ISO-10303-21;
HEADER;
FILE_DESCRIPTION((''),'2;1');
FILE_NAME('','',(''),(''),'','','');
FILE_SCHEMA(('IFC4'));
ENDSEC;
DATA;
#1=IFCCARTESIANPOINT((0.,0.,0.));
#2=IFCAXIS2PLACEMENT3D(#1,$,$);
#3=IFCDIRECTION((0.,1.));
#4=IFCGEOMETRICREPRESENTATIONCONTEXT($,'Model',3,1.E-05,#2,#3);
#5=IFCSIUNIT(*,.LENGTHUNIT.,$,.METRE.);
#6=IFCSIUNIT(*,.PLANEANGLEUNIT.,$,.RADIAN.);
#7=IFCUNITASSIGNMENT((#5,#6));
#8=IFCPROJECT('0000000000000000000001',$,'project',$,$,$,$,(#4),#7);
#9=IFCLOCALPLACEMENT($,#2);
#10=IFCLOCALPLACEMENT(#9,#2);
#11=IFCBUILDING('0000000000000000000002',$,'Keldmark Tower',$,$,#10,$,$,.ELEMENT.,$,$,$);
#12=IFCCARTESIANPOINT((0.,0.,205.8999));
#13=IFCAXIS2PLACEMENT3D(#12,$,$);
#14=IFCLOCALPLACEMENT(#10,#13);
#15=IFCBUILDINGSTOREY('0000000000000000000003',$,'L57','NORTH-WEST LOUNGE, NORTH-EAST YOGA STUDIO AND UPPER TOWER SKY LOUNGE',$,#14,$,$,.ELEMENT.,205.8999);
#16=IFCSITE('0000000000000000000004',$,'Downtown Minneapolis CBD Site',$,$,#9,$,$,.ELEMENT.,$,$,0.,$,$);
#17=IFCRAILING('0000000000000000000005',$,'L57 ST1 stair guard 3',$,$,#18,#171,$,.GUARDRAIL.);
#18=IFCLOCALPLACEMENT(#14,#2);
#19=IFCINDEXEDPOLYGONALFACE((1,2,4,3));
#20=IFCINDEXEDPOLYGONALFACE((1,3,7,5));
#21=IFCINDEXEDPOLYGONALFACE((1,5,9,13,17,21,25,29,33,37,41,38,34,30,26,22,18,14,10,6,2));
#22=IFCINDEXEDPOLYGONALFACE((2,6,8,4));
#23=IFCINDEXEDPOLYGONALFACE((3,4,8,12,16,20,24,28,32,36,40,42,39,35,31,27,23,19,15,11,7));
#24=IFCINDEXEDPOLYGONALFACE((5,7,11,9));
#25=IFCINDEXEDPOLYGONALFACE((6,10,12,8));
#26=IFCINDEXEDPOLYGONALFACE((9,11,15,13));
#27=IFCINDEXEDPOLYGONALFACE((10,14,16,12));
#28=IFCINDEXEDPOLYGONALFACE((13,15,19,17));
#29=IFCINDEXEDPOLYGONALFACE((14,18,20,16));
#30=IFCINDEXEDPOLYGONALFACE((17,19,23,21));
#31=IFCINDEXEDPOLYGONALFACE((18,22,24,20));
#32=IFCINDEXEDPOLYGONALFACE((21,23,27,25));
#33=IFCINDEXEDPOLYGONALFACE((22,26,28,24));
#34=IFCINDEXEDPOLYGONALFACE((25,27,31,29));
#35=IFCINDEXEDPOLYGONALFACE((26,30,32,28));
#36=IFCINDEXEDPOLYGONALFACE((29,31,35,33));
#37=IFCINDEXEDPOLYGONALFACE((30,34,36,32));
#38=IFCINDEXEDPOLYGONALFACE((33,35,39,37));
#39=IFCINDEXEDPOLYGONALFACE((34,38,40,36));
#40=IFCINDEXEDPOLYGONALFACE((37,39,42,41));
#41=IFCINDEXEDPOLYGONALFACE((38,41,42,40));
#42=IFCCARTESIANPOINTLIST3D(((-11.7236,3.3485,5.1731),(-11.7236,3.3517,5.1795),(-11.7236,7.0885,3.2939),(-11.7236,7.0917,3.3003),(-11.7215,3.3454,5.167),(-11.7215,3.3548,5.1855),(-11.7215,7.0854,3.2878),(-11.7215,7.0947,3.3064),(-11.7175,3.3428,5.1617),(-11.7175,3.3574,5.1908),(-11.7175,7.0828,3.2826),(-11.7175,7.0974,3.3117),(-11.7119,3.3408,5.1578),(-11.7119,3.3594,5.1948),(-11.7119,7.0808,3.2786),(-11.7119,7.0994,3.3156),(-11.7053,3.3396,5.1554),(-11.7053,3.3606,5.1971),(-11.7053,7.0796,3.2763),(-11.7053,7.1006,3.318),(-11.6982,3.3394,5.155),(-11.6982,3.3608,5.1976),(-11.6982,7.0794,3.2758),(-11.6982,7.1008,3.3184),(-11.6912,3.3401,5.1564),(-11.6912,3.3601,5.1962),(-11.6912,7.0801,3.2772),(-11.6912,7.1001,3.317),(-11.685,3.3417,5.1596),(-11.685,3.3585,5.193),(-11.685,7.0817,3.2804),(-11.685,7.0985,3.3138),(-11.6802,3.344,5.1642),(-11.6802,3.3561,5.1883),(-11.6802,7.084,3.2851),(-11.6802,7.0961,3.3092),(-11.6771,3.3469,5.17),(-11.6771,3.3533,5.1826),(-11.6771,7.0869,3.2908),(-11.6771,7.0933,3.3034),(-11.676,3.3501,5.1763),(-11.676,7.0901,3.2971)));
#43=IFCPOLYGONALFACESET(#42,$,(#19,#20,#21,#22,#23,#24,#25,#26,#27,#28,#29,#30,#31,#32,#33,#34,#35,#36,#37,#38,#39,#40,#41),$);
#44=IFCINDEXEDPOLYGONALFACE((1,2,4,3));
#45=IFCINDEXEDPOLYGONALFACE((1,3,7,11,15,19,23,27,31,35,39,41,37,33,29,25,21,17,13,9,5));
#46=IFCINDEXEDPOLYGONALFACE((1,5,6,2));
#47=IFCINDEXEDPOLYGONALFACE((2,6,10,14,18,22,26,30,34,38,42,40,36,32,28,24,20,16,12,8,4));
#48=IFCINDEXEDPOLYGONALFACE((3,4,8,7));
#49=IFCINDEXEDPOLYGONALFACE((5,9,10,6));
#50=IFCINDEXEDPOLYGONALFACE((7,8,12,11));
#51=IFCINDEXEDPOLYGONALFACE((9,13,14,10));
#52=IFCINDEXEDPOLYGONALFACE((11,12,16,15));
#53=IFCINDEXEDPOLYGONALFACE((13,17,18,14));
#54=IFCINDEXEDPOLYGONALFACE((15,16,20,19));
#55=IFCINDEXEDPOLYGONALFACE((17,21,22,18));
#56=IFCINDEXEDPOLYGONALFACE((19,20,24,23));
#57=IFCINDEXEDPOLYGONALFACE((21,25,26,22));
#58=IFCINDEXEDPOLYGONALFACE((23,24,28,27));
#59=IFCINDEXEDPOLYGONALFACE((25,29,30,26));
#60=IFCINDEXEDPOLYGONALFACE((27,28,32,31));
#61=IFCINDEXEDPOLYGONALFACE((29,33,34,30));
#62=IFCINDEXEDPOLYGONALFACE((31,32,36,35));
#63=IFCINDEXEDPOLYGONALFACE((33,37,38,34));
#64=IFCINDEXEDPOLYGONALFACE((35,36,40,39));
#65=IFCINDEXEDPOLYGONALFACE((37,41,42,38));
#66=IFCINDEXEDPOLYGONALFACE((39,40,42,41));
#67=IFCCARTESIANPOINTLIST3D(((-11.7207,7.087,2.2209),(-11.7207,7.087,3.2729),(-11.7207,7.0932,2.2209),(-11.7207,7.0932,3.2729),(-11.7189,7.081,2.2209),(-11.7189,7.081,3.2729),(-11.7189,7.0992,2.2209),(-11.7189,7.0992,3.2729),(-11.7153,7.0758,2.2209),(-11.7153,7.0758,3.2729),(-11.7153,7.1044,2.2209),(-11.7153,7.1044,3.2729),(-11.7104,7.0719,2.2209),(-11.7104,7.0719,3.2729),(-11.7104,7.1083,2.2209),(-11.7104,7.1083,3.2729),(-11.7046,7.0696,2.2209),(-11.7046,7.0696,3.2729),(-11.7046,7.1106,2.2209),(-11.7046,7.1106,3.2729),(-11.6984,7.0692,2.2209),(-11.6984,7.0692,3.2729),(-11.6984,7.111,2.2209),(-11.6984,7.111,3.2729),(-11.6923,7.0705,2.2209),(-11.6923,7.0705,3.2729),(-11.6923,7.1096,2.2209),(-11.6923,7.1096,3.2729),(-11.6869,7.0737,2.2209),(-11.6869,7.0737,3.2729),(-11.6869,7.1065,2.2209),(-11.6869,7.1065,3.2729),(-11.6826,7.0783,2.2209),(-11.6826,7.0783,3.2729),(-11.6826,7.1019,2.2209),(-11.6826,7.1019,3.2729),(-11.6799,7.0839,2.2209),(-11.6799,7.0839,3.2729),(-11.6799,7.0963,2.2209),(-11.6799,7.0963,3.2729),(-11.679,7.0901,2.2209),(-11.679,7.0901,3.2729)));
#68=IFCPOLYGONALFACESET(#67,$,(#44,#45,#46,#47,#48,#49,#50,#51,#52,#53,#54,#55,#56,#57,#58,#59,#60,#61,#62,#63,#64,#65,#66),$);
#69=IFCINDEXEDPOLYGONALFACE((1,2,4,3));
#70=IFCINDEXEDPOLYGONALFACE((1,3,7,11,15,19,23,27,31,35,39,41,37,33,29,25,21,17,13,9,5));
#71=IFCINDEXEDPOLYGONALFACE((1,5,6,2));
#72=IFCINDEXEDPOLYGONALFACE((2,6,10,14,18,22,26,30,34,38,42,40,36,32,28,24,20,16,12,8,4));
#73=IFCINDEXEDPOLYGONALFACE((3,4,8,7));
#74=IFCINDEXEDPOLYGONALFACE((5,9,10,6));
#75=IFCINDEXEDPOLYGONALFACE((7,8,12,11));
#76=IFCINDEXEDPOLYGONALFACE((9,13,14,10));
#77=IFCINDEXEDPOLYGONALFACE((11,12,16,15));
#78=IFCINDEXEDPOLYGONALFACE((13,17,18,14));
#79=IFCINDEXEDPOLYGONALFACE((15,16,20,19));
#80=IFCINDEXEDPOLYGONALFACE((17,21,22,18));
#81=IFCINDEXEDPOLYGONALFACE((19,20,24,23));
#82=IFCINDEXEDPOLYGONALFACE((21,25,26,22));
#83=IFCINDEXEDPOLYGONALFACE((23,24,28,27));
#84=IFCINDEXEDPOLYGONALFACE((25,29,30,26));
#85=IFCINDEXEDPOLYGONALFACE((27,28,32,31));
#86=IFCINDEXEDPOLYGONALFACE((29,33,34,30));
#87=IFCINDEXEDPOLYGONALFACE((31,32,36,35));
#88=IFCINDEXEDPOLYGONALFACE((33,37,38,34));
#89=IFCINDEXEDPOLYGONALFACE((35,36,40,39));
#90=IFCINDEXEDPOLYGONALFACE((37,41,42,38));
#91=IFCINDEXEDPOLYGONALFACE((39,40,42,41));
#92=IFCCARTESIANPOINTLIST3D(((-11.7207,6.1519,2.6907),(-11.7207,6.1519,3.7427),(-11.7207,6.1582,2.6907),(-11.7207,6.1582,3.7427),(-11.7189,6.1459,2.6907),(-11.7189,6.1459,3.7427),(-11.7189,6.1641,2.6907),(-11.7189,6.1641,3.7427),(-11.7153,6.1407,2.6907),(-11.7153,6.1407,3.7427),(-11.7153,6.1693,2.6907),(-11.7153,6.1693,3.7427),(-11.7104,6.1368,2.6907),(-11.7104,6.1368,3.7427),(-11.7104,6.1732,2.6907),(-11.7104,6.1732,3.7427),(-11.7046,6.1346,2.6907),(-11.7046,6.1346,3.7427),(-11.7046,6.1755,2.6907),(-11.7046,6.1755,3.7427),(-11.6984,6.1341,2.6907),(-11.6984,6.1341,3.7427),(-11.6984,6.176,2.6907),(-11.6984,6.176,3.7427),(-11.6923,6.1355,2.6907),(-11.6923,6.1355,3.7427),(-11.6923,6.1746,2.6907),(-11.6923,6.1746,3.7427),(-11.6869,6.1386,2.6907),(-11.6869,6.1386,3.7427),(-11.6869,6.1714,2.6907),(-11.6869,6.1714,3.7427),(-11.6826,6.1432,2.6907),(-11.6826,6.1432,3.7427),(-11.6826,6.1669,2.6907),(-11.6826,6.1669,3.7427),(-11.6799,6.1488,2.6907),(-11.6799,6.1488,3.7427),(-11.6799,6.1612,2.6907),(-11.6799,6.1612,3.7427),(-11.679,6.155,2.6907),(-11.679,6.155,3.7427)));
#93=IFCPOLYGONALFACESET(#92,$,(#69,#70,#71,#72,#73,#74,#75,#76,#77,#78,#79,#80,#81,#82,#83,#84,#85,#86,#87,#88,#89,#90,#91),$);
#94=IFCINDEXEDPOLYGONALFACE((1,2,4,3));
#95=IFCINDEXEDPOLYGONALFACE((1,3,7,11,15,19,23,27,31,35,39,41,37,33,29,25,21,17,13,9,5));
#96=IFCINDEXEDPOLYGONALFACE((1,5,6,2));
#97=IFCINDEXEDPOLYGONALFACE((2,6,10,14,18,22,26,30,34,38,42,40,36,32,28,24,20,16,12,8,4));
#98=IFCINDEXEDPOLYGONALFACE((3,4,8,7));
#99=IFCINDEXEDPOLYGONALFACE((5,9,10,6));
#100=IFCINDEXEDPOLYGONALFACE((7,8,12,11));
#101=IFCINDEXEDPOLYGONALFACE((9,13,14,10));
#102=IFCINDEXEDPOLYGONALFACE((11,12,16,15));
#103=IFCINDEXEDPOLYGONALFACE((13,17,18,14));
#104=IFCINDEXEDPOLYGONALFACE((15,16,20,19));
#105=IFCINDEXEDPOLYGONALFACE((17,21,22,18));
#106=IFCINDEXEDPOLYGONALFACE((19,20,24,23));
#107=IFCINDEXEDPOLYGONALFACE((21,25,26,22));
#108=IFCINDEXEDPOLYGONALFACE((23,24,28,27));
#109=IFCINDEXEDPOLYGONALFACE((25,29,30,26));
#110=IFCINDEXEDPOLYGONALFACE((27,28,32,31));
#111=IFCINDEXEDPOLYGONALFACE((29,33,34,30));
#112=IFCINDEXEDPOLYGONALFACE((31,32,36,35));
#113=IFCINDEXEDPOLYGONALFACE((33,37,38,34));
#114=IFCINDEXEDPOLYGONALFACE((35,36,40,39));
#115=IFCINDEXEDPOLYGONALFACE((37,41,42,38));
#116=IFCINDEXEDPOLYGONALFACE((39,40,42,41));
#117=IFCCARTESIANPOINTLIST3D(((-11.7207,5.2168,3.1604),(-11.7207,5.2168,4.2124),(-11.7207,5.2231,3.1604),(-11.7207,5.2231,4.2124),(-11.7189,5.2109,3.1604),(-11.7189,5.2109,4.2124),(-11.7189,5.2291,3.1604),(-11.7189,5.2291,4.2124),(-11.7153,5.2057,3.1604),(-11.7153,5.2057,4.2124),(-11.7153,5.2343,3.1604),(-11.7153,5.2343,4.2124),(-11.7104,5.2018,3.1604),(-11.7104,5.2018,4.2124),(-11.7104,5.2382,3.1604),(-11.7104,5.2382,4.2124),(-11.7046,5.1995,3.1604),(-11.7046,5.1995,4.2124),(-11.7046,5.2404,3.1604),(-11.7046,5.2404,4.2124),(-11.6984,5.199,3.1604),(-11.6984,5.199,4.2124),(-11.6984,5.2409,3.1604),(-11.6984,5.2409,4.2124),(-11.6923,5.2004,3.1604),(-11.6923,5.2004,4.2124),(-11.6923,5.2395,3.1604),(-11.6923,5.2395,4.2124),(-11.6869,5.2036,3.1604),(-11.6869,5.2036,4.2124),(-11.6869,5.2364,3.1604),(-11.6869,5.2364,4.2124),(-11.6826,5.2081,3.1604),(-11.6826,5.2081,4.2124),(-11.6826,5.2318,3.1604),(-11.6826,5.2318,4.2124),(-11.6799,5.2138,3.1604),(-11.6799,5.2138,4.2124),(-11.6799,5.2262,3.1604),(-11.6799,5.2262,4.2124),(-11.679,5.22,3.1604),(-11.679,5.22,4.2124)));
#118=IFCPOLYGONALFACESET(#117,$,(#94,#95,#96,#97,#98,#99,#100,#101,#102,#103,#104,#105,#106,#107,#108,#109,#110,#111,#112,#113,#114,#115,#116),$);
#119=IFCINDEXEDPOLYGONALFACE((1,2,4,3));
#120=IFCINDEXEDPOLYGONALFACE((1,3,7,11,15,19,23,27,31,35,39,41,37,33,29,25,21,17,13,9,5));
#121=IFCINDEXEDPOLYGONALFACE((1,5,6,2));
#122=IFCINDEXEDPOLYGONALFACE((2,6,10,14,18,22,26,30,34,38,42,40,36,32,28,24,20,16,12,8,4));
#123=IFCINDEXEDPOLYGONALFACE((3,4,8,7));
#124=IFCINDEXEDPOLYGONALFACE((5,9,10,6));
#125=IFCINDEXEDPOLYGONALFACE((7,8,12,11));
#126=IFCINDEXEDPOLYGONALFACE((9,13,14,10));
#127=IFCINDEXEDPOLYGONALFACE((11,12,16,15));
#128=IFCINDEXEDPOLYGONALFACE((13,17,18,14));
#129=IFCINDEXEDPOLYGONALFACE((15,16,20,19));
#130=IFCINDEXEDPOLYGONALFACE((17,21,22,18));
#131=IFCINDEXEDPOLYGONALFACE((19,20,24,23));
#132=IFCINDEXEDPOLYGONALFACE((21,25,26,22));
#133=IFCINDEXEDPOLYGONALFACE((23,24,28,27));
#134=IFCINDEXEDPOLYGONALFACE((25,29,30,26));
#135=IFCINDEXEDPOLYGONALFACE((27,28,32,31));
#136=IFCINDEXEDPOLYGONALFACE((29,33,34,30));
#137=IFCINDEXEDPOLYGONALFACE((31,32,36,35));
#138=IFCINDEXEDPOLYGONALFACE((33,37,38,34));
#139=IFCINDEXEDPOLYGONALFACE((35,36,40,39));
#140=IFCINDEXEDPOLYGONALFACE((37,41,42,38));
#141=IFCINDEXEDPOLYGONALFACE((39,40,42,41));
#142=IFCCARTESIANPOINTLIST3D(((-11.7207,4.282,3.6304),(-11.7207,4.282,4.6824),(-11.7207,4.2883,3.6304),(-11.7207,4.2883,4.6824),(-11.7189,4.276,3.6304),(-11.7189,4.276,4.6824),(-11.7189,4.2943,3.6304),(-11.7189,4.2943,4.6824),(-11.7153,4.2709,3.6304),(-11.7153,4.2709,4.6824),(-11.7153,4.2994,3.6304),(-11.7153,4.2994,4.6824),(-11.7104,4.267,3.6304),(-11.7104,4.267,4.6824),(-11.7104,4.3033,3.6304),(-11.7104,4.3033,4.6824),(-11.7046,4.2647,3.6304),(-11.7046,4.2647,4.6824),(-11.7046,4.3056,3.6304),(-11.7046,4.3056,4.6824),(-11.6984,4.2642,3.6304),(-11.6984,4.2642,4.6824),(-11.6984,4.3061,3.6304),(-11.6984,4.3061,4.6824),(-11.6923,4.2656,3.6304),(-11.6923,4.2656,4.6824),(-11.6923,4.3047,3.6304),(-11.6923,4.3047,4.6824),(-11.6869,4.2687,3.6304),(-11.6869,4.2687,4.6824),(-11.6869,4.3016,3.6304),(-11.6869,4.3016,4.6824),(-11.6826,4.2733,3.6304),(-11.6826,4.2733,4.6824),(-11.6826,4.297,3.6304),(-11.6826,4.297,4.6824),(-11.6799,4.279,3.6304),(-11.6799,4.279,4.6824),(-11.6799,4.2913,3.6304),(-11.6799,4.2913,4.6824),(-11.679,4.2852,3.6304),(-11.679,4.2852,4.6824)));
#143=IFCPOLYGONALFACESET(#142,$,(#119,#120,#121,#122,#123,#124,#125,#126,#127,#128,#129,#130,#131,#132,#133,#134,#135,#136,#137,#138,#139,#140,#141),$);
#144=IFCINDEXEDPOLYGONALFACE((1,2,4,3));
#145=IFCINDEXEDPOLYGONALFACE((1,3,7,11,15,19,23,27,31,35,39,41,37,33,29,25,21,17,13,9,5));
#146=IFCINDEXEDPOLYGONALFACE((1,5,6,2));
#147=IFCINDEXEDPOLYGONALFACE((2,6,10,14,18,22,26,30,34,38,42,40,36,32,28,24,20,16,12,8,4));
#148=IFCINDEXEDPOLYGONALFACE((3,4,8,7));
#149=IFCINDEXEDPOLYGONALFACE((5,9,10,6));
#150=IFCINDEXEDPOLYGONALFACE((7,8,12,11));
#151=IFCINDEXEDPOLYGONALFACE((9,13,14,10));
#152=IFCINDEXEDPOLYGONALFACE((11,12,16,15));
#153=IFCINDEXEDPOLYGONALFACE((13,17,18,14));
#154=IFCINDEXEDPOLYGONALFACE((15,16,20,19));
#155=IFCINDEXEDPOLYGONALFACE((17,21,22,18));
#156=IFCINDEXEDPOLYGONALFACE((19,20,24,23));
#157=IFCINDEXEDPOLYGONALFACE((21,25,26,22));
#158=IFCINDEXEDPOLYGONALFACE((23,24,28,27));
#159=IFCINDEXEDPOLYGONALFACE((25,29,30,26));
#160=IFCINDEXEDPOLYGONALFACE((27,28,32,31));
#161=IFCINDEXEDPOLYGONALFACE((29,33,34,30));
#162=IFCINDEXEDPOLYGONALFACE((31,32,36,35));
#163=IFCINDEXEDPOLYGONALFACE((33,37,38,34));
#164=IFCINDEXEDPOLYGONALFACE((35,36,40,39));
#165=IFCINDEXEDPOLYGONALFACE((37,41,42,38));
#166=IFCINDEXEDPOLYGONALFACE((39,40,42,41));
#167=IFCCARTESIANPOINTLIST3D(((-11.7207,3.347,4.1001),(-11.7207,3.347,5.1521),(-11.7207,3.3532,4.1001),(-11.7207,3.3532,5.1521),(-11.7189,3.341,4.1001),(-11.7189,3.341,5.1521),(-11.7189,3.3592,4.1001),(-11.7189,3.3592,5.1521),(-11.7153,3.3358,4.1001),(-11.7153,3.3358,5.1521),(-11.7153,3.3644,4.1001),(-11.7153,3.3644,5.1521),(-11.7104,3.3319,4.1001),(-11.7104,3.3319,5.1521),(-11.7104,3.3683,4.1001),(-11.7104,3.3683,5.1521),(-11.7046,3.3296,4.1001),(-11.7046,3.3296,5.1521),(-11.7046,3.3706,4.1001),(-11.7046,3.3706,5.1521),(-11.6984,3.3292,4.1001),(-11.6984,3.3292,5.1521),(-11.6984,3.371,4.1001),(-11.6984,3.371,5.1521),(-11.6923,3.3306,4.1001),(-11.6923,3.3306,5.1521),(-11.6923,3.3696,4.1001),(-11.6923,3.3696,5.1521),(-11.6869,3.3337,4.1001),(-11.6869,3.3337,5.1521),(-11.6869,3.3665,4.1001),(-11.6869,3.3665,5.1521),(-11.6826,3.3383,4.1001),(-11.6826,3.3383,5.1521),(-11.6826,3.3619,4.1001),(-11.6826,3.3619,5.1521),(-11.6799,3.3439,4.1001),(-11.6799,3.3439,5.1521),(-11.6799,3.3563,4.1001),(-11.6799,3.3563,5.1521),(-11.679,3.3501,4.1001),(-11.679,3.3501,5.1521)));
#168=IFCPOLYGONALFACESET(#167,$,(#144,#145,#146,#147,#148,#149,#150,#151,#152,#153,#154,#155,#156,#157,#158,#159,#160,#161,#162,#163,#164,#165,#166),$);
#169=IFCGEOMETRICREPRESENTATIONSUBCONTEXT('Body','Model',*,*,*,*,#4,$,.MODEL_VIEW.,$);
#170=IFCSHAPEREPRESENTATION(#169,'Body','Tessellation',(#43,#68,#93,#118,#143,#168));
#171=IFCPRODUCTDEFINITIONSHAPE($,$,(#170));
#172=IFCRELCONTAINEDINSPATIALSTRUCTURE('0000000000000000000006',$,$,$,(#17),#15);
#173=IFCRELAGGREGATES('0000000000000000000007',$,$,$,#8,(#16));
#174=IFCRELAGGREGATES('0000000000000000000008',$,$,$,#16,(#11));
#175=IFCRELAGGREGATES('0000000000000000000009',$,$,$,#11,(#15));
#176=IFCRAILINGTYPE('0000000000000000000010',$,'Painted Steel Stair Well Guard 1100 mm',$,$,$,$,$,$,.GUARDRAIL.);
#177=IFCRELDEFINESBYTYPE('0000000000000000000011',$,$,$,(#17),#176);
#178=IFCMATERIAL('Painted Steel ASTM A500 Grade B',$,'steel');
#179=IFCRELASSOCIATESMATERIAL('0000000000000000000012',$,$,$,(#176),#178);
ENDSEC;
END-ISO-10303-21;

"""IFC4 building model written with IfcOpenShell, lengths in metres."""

from ifc_helpers import new_model, si_unit, direction, frame, origin, origin_2d, place, context, subcontext, project, spatial, circle, extrude, material, type_object, element, save


model = new_model("IFC4")

# Units and contexts
model_context = context("Model", 3, precision=1e-05, world=origin(), true_north=direction((0.0, 1.0)))
body_context = subcontext(model_context, "Body", "Model", "MODEL_VIEW")
ifc_project = project(units=[si_unit("LENGTHUNIT", "METRE"), si_unit("PLANEANGLEUNIT", "RADIAN")], contexts=[model_context])

# Site, building, storey
site_placement = place(None, origin())
site = spatial("IfcSite", under=ifc_project, at=site_placement, Name="Downtown Minneapolis CBD Site", CompositionType="ELEMENT", RefElevation=0.0)
building_placement = place(site_placement, origin())
building = spatial("IfcBuilding", under=site, at=building_placement, Name="Keldmark Tower", CompositionType="ELEMENT")
storey_placement = place(building_placement, frame((0.0, 0.0, 205.8999)))
storey = spatial("IfcBuildingStorey", under=building, at=storey_placement, Name="L57", Description="NORTH-WEST LOUNGE, NORTH-EAST YOGA STUDIO AND UPPER TOWER SKY LOUNGE", CompositionType="ELEMENT", Elevation=205.8999)

# Railing
ifc_material_1 = material(Name="Painted Steel ASTM A500 Grade B", Category="steel")
railing_type = type_object("IfcRailingType", Name="Painted Steel Stair Well Guard 1100 mm", PredefinedType="GUARDRAIL", material=ifc_material_1)
railing_1_placement = place(storey_placement, frame((-11.7, 7.0901, 2.2209)))
element("IfcRailing", 1, at=railing_1_placement, inside=storey, type_object=railing_type, Name="L57 ST1 stair guard 3", PredefinedType="GUARDRAIL", context=body_context, shape_type="SweptSolid", body=[
    extrude(circle(Radius=0.0239, at=origin_2d()), frame((0.0, 0.0, 1.0762), z_axis=(0.0, -0.893551, 0.448963), x_axis=(1.0, 0.0, 0.0)), (0.0, 0.0, 1.0), 4.1855),
    extrude(circle(Radius=0.021, at=origin_2d()), origin(), (0.0, 0.0, 1.0), 1.052),
    extrude(circle(Radius=0.021, at=origin_2d()), frame((0.0, -0.9351, 0.4697)), (0.0, 0.0, 1.0), 1.052),
    extrude(circle(Radius=0.021, at=origin_2d()), frame((0.0, -1.8701, 0.9395)), (0.0, 0.0, 1.0), 1.052),
    extrude(circle(Radius=0.021, at=origin_2d()), frame((0.0, -2.8049, 1.4094)), (0.0, 0.0, 1.0), 1.052),
    extrude(circle(Radius=0.021, at=origin_2d()), frame((0.0, -3.74, 1.8792)), (0.0, 0.0, 1.0), 1.052),
])

save(model, "model.ifc")
